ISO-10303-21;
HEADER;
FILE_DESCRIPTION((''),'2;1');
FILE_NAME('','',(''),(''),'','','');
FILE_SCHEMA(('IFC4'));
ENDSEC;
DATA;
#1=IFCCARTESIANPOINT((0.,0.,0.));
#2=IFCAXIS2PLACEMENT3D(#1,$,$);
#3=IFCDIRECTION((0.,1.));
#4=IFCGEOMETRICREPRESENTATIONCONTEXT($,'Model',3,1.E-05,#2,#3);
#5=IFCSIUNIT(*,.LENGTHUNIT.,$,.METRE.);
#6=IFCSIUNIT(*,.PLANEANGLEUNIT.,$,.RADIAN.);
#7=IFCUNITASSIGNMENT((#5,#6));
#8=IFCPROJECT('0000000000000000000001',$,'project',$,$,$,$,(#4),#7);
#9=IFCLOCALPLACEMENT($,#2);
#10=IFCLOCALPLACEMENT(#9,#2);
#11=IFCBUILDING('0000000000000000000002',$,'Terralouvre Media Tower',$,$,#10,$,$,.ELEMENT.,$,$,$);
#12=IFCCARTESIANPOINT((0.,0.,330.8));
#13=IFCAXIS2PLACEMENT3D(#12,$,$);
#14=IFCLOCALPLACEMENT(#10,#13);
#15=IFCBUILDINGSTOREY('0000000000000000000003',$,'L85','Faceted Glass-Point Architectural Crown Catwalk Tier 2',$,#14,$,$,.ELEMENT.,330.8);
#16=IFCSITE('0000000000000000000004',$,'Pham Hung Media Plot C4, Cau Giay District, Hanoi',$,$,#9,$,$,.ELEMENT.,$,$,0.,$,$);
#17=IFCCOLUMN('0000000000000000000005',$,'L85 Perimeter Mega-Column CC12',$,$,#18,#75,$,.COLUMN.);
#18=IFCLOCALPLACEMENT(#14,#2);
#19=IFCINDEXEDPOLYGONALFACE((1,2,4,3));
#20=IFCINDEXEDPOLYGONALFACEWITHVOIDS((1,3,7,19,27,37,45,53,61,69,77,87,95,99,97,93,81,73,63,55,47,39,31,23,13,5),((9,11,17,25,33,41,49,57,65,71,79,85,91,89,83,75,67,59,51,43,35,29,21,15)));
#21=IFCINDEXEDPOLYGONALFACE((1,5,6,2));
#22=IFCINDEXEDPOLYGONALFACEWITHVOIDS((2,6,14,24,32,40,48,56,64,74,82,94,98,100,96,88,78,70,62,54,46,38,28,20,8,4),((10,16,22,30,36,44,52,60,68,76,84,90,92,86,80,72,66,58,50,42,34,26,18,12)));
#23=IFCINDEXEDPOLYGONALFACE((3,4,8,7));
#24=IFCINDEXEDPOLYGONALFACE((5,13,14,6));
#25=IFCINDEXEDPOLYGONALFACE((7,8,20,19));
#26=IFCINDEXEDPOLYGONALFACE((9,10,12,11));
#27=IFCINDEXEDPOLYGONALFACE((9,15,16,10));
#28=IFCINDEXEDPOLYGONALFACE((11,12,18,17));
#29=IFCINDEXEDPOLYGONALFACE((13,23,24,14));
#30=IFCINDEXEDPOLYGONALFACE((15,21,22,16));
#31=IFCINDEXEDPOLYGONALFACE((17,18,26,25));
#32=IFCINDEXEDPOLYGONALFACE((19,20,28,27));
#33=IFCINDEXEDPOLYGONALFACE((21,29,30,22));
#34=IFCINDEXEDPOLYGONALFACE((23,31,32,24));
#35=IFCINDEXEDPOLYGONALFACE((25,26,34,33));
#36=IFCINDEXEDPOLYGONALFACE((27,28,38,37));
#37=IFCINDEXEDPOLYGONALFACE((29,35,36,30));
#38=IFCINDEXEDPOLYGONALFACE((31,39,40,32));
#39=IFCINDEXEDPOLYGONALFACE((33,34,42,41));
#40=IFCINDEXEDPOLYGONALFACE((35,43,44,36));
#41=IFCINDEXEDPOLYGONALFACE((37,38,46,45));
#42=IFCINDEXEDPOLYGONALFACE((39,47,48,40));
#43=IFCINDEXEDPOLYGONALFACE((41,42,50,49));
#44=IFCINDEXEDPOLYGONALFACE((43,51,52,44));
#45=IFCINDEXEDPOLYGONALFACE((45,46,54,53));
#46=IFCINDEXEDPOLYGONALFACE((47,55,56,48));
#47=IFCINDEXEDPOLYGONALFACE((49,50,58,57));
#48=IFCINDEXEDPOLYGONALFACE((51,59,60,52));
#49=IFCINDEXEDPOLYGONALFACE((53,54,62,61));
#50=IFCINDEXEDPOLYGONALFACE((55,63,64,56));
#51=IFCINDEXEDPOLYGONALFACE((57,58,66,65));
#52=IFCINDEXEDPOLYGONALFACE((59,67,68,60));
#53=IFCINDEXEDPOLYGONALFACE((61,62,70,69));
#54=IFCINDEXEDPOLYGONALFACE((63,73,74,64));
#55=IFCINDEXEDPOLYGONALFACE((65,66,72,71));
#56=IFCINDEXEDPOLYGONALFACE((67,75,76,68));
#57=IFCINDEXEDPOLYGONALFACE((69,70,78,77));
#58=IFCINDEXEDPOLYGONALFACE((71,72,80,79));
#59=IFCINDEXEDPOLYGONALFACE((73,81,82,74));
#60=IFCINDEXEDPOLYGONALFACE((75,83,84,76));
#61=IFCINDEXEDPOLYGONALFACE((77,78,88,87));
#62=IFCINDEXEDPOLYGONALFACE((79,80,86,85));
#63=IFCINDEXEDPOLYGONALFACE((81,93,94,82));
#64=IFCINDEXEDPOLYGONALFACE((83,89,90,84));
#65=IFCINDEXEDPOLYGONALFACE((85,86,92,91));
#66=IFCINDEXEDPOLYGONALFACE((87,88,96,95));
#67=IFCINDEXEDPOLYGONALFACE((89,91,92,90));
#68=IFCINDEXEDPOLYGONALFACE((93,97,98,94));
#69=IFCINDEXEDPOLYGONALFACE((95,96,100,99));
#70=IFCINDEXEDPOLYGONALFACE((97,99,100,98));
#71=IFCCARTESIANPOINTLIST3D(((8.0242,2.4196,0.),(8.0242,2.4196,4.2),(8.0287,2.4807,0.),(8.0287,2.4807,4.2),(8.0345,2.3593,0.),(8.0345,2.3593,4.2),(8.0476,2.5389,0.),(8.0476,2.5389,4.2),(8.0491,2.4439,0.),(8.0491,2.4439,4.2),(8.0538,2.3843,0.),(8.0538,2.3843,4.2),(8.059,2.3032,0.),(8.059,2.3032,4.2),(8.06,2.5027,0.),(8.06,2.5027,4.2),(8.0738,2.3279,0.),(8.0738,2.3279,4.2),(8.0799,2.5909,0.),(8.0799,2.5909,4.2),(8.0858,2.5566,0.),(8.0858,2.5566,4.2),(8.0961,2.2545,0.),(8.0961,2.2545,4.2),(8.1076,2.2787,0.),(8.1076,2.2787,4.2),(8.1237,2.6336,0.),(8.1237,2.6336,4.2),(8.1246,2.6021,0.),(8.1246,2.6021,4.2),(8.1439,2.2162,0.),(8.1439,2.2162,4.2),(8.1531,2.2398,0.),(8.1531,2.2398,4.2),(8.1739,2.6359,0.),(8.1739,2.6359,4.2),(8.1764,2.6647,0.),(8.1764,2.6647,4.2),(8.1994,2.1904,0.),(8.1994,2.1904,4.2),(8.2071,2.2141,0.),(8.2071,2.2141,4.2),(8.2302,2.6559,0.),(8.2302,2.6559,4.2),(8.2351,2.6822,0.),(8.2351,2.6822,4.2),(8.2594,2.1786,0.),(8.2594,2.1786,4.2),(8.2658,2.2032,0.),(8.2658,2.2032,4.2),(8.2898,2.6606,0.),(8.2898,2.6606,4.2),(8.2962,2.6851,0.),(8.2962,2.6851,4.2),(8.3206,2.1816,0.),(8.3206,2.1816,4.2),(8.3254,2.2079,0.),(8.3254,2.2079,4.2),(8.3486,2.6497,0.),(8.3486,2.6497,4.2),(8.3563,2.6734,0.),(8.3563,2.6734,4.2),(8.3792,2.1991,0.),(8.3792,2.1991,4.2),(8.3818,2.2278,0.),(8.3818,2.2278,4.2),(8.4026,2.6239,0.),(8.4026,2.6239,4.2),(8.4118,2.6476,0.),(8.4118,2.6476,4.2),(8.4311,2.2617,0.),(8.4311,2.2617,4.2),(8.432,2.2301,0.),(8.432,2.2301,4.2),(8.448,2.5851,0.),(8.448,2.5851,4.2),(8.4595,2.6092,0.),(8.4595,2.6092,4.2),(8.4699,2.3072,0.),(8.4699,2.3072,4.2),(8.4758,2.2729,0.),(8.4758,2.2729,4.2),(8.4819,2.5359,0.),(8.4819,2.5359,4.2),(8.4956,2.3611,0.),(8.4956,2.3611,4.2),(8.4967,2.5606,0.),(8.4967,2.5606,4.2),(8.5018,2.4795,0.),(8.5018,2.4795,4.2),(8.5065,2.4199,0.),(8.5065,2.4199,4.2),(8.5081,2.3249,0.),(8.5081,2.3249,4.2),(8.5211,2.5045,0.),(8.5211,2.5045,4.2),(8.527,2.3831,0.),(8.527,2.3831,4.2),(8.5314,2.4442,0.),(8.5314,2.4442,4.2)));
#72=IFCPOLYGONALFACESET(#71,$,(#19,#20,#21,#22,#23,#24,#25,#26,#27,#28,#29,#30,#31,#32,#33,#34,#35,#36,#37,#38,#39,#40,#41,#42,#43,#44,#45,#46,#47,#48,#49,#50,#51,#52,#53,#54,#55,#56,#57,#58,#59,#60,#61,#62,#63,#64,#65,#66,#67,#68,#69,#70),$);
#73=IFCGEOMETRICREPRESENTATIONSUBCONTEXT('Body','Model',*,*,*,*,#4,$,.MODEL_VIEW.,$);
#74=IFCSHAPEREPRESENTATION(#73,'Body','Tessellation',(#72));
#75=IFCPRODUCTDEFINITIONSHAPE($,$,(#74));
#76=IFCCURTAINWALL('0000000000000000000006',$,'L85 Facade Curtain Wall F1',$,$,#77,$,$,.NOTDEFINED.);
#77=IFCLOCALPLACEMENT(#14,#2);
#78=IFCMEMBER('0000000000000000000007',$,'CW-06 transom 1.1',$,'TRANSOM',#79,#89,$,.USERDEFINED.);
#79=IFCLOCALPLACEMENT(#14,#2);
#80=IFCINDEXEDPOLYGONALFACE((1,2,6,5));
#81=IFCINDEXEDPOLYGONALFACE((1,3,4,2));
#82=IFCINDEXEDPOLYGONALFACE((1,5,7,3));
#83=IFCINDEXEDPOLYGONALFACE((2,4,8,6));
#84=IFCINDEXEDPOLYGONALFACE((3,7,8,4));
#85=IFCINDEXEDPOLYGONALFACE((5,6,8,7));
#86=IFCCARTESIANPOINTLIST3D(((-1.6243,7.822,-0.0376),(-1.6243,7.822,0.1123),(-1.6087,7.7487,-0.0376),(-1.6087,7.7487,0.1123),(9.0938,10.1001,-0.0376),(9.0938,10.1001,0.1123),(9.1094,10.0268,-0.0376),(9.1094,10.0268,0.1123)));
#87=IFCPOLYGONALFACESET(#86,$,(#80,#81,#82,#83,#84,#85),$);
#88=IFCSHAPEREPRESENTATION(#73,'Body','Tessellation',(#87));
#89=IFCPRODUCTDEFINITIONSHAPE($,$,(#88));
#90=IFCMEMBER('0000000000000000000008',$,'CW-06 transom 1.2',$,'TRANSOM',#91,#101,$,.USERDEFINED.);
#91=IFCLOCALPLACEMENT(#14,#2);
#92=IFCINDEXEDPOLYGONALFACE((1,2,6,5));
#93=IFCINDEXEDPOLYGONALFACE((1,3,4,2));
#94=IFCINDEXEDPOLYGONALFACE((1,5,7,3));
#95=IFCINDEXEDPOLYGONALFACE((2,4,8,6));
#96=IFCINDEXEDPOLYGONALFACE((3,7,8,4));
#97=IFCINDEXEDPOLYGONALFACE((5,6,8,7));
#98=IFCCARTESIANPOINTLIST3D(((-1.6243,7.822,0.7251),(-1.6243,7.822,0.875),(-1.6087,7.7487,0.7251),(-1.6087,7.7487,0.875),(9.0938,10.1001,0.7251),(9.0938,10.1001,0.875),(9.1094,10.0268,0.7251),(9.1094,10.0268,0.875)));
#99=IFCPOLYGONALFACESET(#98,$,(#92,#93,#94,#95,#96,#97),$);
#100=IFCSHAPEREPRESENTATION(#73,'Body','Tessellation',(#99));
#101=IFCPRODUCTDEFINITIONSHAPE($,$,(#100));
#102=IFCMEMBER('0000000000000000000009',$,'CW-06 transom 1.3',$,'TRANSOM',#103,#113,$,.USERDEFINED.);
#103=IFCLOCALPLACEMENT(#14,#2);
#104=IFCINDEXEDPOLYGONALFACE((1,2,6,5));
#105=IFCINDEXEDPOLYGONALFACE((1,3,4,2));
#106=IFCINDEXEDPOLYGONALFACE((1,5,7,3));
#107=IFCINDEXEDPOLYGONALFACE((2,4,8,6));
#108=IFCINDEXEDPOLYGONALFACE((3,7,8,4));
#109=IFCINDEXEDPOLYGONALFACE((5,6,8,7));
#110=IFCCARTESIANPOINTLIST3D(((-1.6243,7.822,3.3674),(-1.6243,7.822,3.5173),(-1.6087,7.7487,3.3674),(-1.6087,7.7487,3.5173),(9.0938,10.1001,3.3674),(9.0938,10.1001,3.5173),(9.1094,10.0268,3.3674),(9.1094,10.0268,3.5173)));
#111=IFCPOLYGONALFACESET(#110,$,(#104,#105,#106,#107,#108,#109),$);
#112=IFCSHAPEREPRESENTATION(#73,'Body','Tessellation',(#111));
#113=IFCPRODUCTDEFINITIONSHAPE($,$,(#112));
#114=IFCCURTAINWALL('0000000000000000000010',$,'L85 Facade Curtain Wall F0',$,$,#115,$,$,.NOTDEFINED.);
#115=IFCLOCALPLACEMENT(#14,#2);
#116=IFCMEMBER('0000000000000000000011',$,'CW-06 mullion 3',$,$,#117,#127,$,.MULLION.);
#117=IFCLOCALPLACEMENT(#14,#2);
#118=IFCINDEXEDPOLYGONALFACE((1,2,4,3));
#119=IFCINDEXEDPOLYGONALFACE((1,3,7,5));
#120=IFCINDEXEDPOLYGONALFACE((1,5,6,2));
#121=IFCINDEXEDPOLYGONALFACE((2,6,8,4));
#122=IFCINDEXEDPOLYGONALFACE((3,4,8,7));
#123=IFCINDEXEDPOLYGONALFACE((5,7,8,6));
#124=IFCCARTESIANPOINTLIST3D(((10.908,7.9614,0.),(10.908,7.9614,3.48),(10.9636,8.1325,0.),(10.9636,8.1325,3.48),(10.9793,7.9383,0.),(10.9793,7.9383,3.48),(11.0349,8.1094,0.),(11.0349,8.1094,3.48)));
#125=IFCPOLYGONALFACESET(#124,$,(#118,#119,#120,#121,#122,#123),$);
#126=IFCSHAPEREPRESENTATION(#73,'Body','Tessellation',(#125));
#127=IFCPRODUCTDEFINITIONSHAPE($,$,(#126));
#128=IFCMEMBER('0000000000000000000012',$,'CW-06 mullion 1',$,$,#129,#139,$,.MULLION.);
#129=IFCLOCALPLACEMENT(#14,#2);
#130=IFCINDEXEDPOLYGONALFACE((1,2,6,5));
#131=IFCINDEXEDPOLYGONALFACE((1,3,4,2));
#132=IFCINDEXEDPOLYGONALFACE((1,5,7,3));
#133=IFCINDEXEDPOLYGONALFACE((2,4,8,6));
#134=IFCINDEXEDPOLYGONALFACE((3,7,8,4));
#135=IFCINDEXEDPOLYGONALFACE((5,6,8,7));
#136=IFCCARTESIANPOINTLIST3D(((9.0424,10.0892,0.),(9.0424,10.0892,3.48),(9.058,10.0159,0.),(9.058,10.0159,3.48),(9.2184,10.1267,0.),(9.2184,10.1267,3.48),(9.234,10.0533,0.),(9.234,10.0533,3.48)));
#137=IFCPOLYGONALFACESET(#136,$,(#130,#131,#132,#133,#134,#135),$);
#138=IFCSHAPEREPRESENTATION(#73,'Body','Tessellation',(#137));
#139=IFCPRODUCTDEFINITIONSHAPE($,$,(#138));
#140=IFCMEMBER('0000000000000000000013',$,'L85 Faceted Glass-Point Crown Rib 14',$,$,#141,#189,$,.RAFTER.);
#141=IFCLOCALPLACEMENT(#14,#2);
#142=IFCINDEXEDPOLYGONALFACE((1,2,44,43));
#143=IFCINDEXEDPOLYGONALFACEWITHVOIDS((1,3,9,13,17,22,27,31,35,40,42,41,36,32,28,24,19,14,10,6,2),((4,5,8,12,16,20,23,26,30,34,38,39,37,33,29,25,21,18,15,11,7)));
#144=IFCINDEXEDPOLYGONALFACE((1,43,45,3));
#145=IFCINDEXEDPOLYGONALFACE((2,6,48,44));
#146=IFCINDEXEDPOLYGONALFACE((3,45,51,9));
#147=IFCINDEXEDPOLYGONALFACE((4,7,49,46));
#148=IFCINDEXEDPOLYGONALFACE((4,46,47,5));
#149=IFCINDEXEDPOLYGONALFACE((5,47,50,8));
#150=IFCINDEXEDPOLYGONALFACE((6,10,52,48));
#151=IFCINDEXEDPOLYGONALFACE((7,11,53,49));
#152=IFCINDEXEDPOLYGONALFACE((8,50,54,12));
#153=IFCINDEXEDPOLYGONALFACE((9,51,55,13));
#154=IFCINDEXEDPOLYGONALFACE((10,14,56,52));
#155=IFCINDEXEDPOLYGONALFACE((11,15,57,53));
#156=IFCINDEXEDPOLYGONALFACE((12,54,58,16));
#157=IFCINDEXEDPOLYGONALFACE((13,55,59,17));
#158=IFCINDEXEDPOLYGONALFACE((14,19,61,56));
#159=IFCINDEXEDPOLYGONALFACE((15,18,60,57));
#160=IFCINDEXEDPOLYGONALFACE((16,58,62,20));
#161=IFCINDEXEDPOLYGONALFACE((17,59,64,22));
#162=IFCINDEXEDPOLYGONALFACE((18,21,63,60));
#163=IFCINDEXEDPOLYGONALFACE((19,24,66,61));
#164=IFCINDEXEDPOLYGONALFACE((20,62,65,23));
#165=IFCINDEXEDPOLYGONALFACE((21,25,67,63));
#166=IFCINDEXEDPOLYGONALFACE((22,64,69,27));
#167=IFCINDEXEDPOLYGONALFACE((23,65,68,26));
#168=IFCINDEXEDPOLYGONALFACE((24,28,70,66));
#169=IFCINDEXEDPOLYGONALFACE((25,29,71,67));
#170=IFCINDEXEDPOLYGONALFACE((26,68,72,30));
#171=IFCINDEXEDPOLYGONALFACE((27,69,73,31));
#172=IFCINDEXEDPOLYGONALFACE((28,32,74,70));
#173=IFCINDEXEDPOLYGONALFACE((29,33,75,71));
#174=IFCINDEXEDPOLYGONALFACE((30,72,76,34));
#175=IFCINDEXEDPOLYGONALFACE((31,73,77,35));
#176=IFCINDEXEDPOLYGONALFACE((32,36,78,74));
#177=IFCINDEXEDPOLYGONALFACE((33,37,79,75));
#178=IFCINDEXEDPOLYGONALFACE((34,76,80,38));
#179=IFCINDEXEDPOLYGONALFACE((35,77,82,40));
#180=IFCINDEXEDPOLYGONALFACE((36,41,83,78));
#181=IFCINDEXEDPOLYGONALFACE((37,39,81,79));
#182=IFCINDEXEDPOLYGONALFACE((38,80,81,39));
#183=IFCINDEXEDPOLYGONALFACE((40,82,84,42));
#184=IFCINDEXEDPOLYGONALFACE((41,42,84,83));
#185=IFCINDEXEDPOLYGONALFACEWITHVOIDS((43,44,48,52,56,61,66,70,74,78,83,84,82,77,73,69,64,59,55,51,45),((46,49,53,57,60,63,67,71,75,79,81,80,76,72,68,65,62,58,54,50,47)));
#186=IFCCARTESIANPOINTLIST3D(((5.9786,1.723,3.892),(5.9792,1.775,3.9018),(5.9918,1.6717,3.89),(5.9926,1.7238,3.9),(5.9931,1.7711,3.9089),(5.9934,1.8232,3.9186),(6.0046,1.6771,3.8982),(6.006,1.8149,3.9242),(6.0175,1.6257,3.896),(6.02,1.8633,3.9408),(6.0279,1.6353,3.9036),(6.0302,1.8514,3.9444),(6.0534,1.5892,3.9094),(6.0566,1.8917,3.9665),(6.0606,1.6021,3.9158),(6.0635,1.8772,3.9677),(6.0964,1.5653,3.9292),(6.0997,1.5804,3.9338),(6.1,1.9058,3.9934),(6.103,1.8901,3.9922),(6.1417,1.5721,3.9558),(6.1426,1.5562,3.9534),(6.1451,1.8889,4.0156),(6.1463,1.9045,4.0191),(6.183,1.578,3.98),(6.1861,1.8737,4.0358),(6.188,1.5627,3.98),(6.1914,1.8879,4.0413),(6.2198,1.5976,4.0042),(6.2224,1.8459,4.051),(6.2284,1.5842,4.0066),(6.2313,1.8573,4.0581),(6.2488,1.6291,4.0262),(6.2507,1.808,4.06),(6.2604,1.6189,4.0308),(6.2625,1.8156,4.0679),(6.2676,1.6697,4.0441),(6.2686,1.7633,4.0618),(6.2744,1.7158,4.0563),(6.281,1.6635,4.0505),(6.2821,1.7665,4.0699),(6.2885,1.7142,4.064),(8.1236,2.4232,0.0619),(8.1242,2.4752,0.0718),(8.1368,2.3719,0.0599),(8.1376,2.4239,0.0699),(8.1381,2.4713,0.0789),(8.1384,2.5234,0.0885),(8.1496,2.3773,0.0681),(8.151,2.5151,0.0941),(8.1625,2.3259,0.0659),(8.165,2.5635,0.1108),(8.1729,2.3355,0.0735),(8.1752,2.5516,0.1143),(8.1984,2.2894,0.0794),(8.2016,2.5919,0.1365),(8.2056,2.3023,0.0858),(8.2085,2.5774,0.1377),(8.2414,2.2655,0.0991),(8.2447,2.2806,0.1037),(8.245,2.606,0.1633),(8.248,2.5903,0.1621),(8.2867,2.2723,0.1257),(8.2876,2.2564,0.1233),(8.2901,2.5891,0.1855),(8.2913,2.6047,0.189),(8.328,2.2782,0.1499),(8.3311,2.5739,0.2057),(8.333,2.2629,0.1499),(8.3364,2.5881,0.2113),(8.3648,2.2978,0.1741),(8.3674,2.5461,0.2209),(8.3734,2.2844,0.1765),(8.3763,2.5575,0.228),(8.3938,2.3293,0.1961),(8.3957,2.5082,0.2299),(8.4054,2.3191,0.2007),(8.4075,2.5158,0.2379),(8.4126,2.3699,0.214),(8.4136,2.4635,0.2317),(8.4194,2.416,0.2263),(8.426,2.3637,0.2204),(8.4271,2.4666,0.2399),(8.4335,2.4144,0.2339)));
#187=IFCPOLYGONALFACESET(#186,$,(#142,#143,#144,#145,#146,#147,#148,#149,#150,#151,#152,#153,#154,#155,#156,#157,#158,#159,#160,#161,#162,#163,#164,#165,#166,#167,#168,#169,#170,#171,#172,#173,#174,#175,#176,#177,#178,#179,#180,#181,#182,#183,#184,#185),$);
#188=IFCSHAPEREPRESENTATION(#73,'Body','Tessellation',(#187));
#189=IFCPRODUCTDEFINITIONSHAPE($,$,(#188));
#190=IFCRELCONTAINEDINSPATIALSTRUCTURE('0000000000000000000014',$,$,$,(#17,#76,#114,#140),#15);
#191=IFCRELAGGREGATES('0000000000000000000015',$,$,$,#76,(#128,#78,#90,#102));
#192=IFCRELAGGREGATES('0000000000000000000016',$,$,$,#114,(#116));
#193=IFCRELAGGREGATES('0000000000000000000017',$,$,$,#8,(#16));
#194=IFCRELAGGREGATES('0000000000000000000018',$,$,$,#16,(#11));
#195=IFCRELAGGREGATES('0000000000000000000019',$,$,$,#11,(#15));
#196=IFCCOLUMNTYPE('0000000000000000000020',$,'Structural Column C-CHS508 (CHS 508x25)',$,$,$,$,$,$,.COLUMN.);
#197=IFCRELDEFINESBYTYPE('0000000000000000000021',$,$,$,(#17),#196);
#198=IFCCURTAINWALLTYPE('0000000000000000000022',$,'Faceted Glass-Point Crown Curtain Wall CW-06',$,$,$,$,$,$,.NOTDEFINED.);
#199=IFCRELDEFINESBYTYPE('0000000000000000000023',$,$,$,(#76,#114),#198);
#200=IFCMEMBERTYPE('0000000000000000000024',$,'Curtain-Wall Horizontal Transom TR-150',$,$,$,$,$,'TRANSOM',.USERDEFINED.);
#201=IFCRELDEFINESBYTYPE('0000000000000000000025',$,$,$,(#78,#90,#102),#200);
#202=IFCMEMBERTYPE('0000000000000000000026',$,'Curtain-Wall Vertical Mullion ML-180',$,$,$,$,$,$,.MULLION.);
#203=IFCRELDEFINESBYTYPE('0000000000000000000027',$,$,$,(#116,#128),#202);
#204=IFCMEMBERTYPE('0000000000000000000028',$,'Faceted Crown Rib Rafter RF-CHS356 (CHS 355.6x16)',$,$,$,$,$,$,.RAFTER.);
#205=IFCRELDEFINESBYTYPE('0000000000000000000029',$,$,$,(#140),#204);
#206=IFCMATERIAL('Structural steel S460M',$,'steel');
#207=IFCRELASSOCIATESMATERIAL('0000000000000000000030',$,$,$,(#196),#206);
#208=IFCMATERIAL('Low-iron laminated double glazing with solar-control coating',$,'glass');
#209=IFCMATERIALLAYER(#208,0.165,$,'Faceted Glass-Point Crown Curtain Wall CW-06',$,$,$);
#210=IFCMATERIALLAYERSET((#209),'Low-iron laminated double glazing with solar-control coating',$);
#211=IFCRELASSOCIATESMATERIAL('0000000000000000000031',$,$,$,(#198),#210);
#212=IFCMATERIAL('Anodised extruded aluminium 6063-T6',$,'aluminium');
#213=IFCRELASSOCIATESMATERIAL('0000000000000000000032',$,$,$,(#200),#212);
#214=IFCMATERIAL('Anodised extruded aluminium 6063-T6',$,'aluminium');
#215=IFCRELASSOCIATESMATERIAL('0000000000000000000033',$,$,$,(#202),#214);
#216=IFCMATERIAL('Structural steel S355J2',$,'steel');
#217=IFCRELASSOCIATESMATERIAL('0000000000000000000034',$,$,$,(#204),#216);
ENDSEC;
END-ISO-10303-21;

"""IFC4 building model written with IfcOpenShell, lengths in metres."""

from ifc_helpers import new_model, si_unit, direction, frame, origin, origin_2d, place, context, subcontext, project, spatial, rectangle, hollow_circle, extrude, material, layer, layer_set, material_profile, profile_set, type_object, element, aggregate, save


model = new_model("IFC4")

# Units and contexts
model_context = context("Model", 3, precision=1e-05, world=origin(), true_north=direction((0.0, 1.0)))
body_context = subcontext(model_context, "Body", "Model", "MODEL_VIEW")
ifc_project = project(units=[si_unit("LENGTHUNIT", "METRE"), si_unit("PLANEANGLEUNIT", "RADIAN")], contexts=[model_context])

# Site, building, storey
site_placement = place(None, origin())
site = spatial("IfcSite", under=ifc_project, at=site_placement, Name="Pham Hung Media Plot C4, Cau Giay District, Hanoi", CompositionType="ELEMENT", RefElevation=0.0)
building_placement = place(site_placement, origin())
building = spatial("IfcBuilding", under=site, at=building_placement, Name="Terralouvre Media Tower", CompositionType="ELEMENT")
storey_placement = place(building_placement, frame((0.0, 0.0, 330.8)))
storey = spatial("IfcBuildingStorey", under=building, at=storey_placement, Name="L85", Description="Faceted Glass-Point Architectural Crown Catwalk Tier 2", CompositionType="ELEMENT", Elevation=330.8)

# Column
ifc_material_1 = material(Name="Structural steel S460M", Category="steel")
ifc_material_profile_1 = material_profile(ifc_material_1, hollow_circle(Radius=0.2539, WallThickness=0.0249, at=origin_2d()), Name="CHS 508x25")
ifc_profile_set_1 = profile_set([ifc_material_profile_1], Name="Structural steel S460M")
column_type = type_object("IfcColumnType", Name="Structural Column C-CHS508 (CHS 508x25)", PredefinedType="COLUMN", material=ifc_profile_set_1)
column_placement = place(storey_placement, frame((8.2778, 2.4319, 0.0), z_axis=(0.0, 0.0, 1.0), x_axis=(0.309017, 0.951057, 0.0)))
element("IfcColumn", 1, at=column_placement, inside=storey, type_object=column_type, Name="L85 Perimeter Mega-Column CC12", PredefinedType="COLUMN", context=body_context, shape_type="SweptSolid", body=[
    extrude(hollow_circle(Radius=0.2539, WallThickness=0.0249, at=origin_2d()), origin(), (0.0, 0.0, 1.0), 4.2),
])

# Curtain wall, members
ifc_material_2 = material(Name="Low-iron laminated double glazing with solar-control coating", Category="glass")
ifc_layer_1 = layer(ifc_material_2, 0.165, Name="Faceted Glass-Point Crown Curtain Wall CW-06")
ifc_layer_set_1 = layer_set([ifc_layer_1], Name="Low-iron laminated double glazing with solar-control coating")
curtain_wall_type = type_object("IfcCurtainWallType", Name="Faceted Glass-Point Crown Curtain Wall CW-06", PredefinedType="NOTDEFINED", material=ifc_layer_set_1)
curtain_wall_1_placement = place(storey_placement, origin())
curtain_wall_1 = element("IfcCurtainWall", 2, at=curtain_wall_1_placement, inside=storey, type_object=curtain_wall_type, Name="L85 Facade Curtain Wall F1", PredefinedType="NOTDEFINED")
ifc_material_3 = material(Name="Anodised extruded aluminium 6063-T6", Category="aluminium")
ifc_material_profile_2 = material_profile(ifc_material_3, rectangle(XDim=0.075, YDim=0.1499, at=origin_2d()), Name="ALU 75x150")
ifc_profile_set_2 = profile_set([ifc_material_profile_2], Name="Anodised extruded aluminium 6063-T6")
member_type_1 = type_object("IfcMemberType", Name="Curtain-Wall Horizontal Transom TR-150", ElementType="TRANSOM", PredefinedType="USERDEFINED", material=ifc_profile_set_2)
member_1_placement = place(storey_placement, frame((9.1016, 10.0635, 0.0374), z_axis=(-0.97815, -0.207902, 0.0), x_axis=(0.207902, -0.97815, 0.0)))
member_1 = element("IfcMember", 3, at=member_1_placement, type_object=member_type_1, Name="CW-06 transom 1.1", ObjectType="TRANSOM", PredefinedType="USERDEFINED", context=body_context, shape_type="SweptSolid", body=[
    extrude(rectangle(XDim=0.075, YDim=0.1499, at=origin_2d()), origin(), (0.0, 0.0, 1.0), 10.9575),
])
member_2_placement = place(storey_placement, frame((9.1016, 10.0635, 0.8), z_axis=(-0.97815, -0.207902, 0.0), x_axis=(0.207902, -0.97815, 0.0)))
member_2 = element("IfcMember", 4, at=member_2_placement, type_object=member_type_1, Name="CW-06 transom 1.2", ObjectType="TRANSOM", PredefinedType="USERDEFINED", context=body_context, shape_type="SweptSolid", body=[
    extrude(rectangle(XDim=0.075, YDim=0.1499, at=origin_2d()), origin(), (0.0, 0.0, 1.0), 10.9575),
])
member_3_placement = place(storey_placement, frame((9.1016, 10.0635, 3.4424), z_axis=(-0.97815, -0.207902, 0.0), x_axis=(0.207902, -0.97815, 0.0)))
member_3 = element("IfcMember", 5, at=member_3_placement, type_object=member_type_1, Name="CW-06 transom 1.3", ObjectType="TRANSOM", PredefinedType="USERDEFINED", context=body_context, shape_type="SweptSolid", body=[
    extrude(rectangle(XDim=0.075, YDim=0.1499, at=origin_2d()), origin(), (0.0, 0.0, 1.0), 10.9575),
])

# Curtain wall, member
curtain_wall_2_placement = place(storey_placement, origin())
curtain_wall_2 = element("IfcCurtainWall", 6, at=curtain_wall_2_placement, inside=storey, type_object=curtain_wall_type, Name="L85 Facade Curtain Wall F0", PredefinedType="NOTDEFINED")
ifc_material_4 = material(Name="Anodised extruded aluminium 6063-T6", Category="aluminium")
ifc_material_profile_3 = material_profile(ifc_material_4, rectangle(XDim=0.075, YDim=0.1799, at=origin_2d()), Name="ALU 75x180")
ifc_profile_set_3 = profile_set([ifc_material_profile_3], Name="Anodised extruded aluminium 6063-T6")
member_type_2 = type_object("IfcMemberType", Name="Curtain-Wall Vertical Mullion ML-180", PredefinedType="MULLION", material=ifc_profile_set_3)
member_4_placement = place(storey_placement, frame((10.9714, 8.0354, 0.0), z_axis=(0.0, 0.0, 1.0), x_axis=(-0.951057, 0.309017, 0.0)))
member_4 = element("IfcMember", 7, at=member_4_placement, type_object=member_type_2, Name="CW-06 mullion 3", PredefinedType="MULLION", context=body_context, shape_type="SweptSolid", body=[
    extrude(rectangle(XDim=0.075, YDim=0.1799, at=origin_2d()), origin(), (0.0, 0.0, 1.0), 3.48),
])

# Members
member_5_placement = place(storey_placement, frame((9.1382, 10.0713, 0.0), z_axis=(0.0, 0.0, 1.0), x_axis=(0.207912, -0.978148, 0.0)))
member_5 = element("IfcMember", 8, at=member_5_placement, type_object=member_type_2, Name="CW-06 mullion 1", PredefinedType="MULLION", context=body_context, shape_type="SweptSolid", body=[
    extrude(rectangle(XDim=0.075, YDim=0.1799, at=origin_2d()), origin(), (0.0, 0.0, 1.0), 3.48),
])
aggregate(curtain_wall_1, [member_5, member_1, member_2, member_3])
ifc_material_5 = material(Name="Structural steel S355J2", Category="steel")
ifc_material_profile_4 = material_profile(ifc_material_5, hollow_circle(Radius=0.1777, WallThickness=0.0161, at=origin_2d()), Name="CHS 355.6x16")
ifc_profile_set_4 = profile_set([ifc_material_profile_4], Name="Structural steel S355J2")
member_type_3 = type_object("IfcMemberType", Name="Faceted Crown Rib Rafter RF-CHS356 (CHS 355.6x16)", PredefinedType="RAFTER", material=ifc_profile_set_4)
member_6_placement = place(storey_placement, frame((8.2778, 2.4319, 0.1499), z_axis=(-0.482534, -0.157513, 0.861598), x_axis=(0.310314, -0.950634, 0.0)))
element("IfcMember", 9, at=member_6_placement, inside=storey, type_object=member_type_3, Name="L85 Faceted Glass-Point Crown Rib 14", PredefinedType="RAFTER", context=body_context, shape_type="SweptSolid", body=[
    extrude(hollow_circle(Radius=0.1777, WallThickness=0.0161, at=origin_2d()), origin(), (0.0, 0.0, 1.0), 4.4453),
])

aggregate(curtain_wall_2, [member_4])

save(model, "model.ifc")
